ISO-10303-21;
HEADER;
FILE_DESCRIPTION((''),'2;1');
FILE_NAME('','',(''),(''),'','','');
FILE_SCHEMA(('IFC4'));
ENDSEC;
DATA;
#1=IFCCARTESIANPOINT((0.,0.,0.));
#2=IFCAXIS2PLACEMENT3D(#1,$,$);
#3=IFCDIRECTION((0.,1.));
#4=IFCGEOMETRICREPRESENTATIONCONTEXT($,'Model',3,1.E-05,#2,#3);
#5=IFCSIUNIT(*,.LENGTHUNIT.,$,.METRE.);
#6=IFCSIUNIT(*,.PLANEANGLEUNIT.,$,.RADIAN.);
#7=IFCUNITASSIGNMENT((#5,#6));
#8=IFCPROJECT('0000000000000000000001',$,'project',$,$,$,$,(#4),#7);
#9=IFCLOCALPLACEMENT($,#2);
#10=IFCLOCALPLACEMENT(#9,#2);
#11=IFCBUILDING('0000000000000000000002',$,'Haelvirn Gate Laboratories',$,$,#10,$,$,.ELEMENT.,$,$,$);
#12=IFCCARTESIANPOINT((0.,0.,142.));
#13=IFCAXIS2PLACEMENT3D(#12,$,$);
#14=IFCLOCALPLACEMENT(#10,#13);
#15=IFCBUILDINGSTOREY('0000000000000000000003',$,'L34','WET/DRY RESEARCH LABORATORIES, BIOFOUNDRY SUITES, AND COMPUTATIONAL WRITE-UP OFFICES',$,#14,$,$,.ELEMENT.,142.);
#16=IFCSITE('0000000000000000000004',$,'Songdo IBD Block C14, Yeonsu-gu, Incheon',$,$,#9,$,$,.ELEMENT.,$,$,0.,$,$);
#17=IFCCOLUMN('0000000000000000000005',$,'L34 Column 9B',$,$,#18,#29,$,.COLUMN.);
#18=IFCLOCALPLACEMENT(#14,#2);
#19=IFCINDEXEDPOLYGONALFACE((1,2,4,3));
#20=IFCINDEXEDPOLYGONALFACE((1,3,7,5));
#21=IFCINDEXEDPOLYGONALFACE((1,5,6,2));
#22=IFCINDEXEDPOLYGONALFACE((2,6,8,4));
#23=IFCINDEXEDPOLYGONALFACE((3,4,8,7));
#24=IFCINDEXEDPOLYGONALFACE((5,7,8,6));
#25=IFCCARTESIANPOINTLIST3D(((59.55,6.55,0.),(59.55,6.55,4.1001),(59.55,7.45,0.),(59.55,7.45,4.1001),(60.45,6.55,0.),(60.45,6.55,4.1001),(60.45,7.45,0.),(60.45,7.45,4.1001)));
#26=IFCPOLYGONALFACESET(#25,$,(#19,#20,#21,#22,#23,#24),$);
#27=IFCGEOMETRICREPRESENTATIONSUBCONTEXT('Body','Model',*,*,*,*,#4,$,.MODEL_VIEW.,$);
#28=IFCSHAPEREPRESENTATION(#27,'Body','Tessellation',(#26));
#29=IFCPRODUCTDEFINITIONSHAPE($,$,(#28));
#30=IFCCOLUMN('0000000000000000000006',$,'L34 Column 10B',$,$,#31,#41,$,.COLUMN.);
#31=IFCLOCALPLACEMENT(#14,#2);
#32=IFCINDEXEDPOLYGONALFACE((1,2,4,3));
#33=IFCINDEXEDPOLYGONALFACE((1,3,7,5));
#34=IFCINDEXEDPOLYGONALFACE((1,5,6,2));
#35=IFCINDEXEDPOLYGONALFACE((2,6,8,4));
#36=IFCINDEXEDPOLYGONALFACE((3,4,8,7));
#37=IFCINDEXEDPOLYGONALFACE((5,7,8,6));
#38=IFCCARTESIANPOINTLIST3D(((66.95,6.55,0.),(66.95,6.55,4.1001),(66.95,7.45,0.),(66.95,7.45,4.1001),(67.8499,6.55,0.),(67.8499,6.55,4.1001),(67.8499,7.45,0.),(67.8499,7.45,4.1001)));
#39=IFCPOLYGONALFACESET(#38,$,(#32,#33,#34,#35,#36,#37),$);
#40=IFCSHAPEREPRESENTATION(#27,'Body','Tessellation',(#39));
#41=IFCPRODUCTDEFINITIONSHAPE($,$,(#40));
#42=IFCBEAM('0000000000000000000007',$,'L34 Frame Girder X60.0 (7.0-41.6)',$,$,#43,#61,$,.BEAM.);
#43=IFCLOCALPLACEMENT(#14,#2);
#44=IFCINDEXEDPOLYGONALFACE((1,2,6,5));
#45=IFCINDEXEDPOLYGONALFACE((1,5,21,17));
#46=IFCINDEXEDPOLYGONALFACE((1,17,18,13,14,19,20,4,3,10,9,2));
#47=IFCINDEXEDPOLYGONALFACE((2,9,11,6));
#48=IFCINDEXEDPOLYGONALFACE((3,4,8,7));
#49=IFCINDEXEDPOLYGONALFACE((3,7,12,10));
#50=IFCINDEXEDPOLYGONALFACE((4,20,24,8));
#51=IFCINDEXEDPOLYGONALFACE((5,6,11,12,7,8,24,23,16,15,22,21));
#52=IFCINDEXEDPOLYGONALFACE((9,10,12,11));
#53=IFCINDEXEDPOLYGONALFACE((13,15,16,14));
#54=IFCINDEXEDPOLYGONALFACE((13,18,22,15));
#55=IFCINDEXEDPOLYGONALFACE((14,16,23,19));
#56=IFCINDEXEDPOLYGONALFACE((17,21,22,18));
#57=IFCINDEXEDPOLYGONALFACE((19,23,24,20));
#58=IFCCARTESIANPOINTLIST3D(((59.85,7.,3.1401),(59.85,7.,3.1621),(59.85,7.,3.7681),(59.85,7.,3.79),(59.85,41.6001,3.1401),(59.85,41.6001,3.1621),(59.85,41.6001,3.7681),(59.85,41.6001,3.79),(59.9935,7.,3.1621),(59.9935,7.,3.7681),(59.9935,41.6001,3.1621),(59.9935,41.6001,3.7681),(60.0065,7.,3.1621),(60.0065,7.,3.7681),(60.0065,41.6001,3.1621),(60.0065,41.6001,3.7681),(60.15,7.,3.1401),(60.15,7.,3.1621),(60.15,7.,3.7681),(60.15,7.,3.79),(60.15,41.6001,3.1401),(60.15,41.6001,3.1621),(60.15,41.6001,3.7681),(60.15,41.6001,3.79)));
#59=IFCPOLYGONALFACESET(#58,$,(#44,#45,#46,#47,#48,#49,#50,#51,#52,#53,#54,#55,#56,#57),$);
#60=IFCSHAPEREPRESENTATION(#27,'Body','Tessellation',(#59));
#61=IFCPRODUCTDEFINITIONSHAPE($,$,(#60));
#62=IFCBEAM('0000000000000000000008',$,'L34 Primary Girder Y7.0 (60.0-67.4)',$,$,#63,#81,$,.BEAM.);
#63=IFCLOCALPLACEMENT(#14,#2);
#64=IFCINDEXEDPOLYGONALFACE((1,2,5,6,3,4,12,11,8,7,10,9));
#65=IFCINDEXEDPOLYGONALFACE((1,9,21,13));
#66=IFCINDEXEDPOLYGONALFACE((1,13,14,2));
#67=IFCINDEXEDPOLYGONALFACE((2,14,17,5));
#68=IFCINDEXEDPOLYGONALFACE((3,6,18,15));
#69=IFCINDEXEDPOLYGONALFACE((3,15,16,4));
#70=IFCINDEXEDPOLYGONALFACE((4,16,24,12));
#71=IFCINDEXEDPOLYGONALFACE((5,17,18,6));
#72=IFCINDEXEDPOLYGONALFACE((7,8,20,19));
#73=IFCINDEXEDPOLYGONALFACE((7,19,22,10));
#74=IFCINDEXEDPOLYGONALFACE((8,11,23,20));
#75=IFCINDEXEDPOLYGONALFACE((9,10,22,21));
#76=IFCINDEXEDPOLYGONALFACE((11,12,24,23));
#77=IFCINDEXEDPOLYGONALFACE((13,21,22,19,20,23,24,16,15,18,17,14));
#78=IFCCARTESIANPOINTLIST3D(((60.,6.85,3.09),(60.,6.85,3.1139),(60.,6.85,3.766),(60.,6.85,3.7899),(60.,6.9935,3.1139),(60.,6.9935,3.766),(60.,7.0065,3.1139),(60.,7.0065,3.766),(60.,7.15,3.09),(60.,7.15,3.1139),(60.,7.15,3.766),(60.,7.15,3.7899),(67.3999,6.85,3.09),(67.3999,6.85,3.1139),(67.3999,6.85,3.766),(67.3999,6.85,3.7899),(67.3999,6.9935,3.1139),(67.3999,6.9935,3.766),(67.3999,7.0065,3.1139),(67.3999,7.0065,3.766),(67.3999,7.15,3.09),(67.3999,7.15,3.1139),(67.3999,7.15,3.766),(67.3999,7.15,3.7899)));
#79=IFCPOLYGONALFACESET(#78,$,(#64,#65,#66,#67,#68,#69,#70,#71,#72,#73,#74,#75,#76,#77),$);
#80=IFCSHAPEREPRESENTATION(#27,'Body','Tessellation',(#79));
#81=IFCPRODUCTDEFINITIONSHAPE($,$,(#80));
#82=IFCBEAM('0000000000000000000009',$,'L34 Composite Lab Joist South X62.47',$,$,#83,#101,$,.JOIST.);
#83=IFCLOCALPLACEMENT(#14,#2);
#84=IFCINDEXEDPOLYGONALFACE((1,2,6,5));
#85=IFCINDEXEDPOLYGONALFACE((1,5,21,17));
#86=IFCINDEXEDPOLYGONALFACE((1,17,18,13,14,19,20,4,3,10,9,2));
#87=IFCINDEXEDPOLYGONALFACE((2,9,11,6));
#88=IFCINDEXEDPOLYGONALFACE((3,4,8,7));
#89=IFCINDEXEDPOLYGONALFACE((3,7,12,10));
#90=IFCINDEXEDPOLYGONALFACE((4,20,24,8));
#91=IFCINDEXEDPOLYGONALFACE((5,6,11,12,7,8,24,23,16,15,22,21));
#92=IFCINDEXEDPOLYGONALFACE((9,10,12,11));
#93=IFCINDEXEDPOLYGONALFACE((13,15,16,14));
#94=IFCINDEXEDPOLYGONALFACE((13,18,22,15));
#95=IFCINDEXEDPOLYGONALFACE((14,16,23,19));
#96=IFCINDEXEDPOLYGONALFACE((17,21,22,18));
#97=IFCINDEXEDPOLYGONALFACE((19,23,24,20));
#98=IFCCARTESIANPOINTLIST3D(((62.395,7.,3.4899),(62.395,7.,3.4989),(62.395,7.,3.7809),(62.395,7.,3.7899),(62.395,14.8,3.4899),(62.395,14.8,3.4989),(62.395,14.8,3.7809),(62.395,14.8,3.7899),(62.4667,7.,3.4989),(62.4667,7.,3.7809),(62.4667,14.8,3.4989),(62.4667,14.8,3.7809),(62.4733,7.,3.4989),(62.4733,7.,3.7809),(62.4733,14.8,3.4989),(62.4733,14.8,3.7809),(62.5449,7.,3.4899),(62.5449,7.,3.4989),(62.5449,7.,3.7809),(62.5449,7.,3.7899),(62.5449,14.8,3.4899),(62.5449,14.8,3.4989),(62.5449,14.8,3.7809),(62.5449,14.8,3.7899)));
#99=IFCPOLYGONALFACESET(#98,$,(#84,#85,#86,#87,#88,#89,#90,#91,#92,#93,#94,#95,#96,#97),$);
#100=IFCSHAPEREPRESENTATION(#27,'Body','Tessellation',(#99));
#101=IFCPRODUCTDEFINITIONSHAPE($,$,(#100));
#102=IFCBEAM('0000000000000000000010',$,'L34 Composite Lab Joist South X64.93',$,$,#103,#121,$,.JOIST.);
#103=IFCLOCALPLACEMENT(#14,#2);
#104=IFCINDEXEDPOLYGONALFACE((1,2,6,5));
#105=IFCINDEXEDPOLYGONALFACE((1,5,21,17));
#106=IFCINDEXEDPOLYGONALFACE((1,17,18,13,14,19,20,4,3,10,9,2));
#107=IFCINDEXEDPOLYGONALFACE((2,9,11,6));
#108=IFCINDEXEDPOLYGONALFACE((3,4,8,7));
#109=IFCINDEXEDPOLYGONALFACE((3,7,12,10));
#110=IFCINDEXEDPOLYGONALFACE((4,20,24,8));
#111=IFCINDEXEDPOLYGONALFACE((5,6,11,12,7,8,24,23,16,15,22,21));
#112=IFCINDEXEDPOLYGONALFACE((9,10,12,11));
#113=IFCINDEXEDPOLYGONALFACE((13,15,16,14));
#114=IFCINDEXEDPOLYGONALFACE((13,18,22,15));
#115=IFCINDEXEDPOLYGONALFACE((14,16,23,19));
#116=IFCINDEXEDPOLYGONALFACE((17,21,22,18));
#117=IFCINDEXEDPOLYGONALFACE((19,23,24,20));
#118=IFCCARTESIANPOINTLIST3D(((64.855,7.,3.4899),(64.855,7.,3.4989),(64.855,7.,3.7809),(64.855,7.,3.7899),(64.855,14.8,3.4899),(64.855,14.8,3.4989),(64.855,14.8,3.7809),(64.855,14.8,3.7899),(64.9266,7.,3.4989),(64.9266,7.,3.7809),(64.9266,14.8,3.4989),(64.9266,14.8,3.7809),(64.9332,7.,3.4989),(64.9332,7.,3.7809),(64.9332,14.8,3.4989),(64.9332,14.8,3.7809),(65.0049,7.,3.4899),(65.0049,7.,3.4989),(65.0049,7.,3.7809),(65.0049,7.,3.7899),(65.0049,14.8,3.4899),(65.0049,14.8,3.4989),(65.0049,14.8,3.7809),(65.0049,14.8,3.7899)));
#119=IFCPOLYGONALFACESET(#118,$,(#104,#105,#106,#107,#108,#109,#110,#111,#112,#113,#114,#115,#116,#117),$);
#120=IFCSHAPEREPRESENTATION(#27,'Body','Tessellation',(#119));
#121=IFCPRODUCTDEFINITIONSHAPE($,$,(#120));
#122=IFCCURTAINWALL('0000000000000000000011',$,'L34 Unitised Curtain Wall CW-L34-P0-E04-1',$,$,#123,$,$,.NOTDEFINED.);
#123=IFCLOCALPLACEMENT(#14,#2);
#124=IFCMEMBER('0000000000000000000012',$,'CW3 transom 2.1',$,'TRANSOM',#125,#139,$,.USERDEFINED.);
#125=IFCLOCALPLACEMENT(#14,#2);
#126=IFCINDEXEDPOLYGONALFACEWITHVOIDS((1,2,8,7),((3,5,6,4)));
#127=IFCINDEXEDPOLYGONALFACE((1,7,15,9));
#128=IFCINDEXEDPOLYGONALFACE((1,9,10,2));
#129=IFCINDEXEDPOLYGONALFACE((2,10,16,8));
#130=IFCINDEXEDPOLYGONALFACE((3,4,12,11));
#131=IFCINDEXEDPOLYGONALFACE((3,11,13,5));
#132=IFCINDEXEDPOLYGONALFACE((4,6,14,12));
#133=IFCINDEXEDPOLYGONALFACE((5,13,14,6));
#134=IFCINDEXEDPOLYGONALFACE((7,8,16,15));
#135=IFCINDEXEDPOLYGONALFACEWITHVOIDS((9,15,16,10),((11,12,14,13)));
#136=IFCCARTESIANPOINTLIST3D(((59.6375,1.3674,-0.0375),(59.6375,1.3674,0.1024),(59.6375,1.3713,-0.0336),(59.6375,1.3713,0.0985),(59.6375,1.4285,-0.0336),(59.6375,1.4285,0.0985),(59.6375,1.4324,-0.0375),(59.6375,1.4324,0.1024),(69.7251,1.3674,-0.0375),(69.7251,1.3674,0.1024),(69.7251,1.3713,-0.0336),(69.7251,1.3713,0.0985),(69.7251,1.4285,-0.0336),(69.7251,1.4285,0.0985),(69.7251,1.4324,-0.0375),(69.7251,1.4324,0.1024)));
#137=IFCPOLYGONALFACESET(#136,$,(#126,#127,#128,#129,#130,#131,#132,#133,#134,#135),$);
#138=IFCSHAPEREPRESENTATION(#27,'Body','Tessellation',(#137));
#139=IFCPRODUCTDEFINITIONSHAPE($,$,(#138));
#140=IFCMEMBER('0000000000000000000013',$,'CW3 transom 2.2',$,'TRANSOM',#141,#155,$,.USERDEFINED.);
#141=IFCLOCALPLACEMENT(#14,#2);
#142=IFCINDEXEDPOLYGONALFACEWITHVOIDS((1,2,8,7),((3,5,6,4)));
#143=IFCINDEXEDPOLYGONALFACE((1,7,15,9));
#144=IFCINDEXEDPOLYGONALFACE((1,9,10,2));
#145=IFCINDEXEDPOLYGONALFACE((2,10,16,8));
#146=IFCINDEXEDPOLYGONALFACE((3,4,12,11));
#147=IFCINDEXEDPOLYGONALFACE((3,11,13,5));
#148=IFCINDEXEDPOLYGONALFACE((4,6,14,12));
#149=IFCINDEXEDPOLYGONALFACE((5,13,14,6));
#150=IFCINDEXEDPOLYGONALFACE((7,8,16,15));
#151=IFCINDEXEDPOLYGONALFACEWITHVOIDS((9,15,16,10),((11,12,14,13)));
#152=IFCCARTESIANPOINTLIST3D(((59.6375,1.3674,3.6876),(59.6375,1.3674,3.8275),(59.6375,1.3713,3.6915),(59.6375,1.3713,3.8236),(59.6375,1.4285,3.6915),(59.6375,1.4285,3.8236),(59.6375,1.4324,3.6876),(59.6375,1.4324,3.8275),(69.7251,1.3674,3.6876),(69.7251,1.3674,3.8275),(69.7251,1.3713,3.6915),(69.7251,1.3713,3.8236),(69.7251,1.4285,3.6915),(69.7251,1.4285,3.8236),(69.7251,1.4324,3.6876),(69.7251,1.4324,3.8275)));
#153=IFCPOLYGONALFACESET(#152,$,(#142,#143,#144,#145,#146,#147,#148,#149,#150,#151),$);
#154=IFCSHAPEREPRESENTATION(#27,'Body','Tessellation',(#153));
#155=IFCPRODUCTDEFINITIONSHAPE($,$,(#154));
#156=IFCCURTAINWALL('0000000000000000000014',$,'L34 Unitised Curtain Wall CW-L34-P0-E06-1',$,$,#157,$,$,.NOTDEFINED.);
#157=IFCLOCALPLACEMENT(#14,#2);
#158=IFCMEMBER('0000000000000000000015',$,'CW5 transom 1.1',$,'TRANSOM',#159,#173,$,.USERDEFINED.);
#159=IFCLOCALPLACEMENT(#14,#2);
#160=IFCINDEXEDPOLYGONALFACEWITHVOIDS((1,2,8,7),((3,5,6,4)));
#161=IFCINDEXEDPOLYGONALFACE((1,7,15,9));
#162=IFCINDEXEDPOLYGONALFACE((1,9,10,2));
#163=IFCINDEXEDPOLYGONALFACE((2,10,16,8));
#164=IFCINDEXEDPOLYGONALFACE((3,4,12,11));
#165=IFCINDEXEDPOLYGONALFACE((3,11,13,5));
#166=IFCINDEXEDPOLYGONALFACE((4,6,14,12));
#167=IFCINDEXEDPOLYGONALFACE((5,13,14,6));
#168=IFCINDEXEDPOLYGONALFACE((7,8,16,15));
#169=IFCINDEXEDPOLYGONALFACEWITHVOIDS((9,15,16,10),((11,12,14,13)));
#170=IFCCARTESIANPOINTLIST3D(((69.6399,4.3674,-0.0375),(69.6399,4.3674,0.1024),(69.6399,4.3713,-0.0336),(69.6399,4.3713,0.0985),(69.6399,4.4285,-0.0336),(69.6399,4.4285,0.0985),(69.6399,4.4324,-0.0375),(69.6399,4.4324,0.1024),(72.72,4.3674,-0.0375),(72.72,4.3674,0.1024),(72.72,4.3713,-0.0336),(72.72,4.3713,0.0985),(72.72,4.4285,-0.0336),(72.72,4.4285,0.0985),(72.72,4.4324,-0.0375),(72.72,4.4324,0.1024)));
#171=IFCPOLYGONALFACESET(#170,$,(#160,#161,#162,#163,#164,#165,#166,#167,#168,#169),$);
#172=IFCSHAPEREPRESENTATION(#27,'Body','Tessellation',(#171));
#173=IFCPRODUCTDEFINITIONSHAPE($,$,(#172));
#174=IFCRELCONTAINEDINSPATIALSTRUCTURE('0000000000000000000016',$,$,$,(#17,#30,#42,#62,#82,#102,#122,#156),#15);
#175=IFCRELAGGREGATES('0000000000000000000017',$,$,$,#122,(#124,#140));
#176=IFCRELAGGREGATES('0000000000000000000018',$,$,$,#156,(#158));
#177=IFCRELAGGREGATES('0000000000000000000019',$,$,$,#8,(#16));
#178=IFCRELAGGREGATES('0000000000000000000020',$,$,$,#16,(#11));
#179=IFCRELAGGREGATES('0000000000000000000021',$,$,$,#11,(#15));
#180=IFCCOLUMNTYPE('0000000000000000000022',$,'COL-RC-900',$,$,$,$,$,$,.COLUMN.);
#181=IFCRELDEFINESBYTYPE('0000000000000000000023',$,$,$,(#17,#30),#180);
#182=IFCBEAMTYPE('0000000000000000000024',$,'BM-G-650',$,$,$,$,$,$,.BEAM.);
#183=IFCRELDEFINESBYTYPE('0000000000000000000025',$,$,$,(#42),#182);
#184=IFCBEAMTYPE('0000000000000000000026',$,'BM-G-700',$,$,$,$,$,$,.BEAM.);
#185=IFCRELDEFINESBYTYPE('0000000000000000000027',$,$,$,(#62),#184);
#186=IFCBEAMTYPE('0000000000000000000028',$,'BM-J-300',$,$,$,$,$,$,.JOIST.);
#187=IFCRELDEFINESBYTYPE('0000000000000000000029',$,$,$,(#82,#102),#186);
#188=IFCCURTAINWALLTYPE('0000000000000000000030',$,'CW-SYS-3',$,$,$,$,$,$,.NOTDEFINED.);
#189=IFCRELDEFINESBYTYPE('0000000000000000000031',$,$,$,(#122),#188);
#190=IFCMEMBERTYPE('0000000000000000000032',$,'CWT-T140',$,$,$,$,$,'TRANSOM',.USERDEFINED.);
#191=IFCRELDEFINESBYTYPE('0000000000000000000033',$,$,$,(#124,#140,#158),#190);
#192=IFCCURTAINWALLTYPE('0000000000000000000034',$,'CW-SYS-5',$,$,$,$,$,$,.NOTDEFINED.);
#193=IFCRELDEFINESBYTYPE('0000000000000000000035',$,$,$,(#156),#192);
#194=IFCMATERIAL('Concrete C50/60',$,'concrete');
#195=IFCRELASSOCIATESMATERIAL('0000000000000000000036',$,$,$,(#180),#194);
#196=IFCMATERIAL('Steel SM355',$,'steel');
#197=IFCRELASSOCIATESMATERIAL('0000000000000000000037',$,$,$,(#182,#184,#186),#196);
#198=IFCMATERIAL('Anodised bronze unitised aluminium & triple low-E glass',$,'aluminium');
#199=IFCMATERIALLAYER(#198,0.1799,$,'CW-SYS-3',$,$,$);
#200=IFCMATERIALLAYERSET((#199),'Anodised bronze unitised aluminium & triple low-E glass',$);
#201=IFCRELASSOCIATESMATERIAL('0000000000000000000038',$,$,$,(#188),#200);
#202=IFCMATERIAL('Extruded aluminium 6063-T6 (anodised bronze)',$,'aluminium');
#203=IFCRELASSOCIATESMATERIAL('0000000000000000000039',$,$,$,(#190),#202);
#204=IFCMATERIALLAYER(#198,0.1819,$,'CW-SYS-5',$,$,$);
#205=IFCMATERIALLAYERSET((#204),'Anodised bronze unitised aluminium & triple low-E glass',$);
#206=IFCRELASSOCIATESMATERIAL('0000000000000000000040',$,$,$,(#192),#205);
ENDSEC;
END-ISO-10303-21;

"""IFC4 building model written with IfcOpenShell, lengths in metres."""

from ifc_helpers import new_model, si_unit, direction, frame, origin, origin_2d, place, context, subcontext, project, spatial, rectangle, hollow_rectangle, i_section, extrude, source, transform, mapped, material, layer, layer_set, material_profile, profile_set, type_object, type_shapes, element, aggregate, save


model = new_model("IFC4")

# Units and contexts
model_context = context("Model", 3, precision=1e-05, world=origin(), true_north=direction((0.0, 1.0)))
body_context = subcontext(model_context, "Body", "Model", "MODEL_VIEW")
ifc_project = project(units=[si_unit("LENGTHUNIT", "METRE"), si_unit("PLANEANGLEUNIT", "RADIAN")], contexts=[model_context])

# Site, building, storey
site_placement = place(None, origin())
site = spatial("IfcSite", under=ifc_project, at=site_placement, Name="Songdo IBD Block C14, Yeonsu-gu, Incheon", CompositionType="ELEMENT", RefElevation=0.0)
building_placement = place(site_placement, origin())
building = spatial("IfcBuilding", under=site, at=building_placement, Name="Haelvirn Gate Laboratories", CompositionType="ELEMENT")
storey_placement = place(building_placement, frame((0.0, 0.0, 142.0)))
storey = spatial("IfcBuildingStorey", under=building, at=storey_placement, Name="L34", Description="WET/DRY RESEARCH LABORATORIES, BIOFOUNDRY SUITES, AND COMPUTATIONAL WRITE-UP OFFICES", CompositionType="ELEMENT", Elevation=142.0)

# Columns
ifc_material_1 = material(Name="Concrete C50/60", Category="concrete")
ifc_material_profile_1 = material_profile(ifc_material_1, rectangle(XDim=0.8999, YDim=0.8999, at=origin_2d()), Name="RC-900x900")
ifc_profile_set_1 = profile_set([ifc_material_profile_1], Name="Concrete C50/60")
column_type = type_object("IfcColumnType", Name="COL-RC-900", PredefinedType="COLUMN", material=ifc_profile_set_1)
shared_shape_1 = source(origin(), body_context, "Body", "SweptSolid", [
    extrude(rectangle(XDim=0.8999, YDim=0.8999, at=origin_2d()), origin(), (0.0, 0.0, 1.0), 4.1001),
])
type_shapes(column_type, [shared_shape_1])
for number, where, z_axis, x_axis, name in (
    (1, (60.0, 7.0, 0.0), (0.0, 0.0, 1.0), (1.0, 0.0, 0.0), "L34 Column 9B"),
    (2, (67.3999, 7.0, 0.0), (0.0, 0.0, 1.0), (1.0, 0.0, 0.0), "L34 Column 10B"),
):
    element("IfcColumn", number, at=place(storey_placement, frame(where, z_axis=z_axis, x_axis=x_axis)), inside=storey, type_object=column_type, Name=name, PredefinedType="COLUMN", context=body_context, shape_type="MappedRepresentation", body=[
        mapped(shared_shape_1, transform((0.0, 0.0, 0.0), scale=1.0)),
    ])

# Beams
ifc_material_2 = material(Name="Steel SM355", Category="steel")
ifc_material_profile_2 = material_profile(ifc_material_2, i_section(OverallWidth=0.3, OverallDepth=0.6499, WebThickness=0.0129, FlangeThickness=0.022, at=origin_2d()), Name="H-650x300x13x22")
ifc_profile_set_2 = profile_set([ifc_material_profile_2], Name="Steel SM355")
beam_type_1 = type_object("IfcBeamType", Name="BM-G-650", PredefinedType="BEAM", material=ifc_profile_set_2)
shared_shape_2 = source(origin(), body_context, "Body", "SweptSolid", [
    extrude(i_section(OverallWidth=0.3, OverallDepth=0.6499, WebThickness=0.0129, FlangeThickness=0.022, at=origin_2d()), origin(), (0.0, 0.0, 1.0), 34.6001),
])
type_shapes(beam_type_1, [shared_shape_2])
beam_1_placement = place(storey_placement, frame((60.0, 7.0, 3.4651), z_axis=(0.0, 1.0, 0.0), x_axis=(-1.0, 0.0, 0.0)))
element("IfcBeam", 3, at=beam_1_placement, inside=storey, type_object=beam_type_1, Name="L34 Frame Girder X60.0 (7.0-41.6)", PredefinedType="BEAM", context=body_context, shape_type="MappedRepresentation", body=[
    mapped(shared_shape_2, transform((0.0, 0.0, 0.0), scale=1.0)),
])
ifc_material_profile_3 = material_profile(ifc_material_2, i_section(OverallWidth=0.3, OverallDepth=0.7, WebThickness=0.0129, FlangeThickness=0.0239, at=origin_2d()), Name="H-700x300x13x24")
ifc_profile_set_3 = profile_set([ifc_material_profile_3], Name="Steel SM355")
beam_type_2 = type_object("IfcBeamType", Name="BM-G-700", PredefinedType="BEAM", material=ifc_profile_set_3)
shared_shape_3 = source(origin(), body_context, "Body", "SweptSolid", [
    extrude(i_section(OverallWidth=0.3, OverallDepth=0.7, WebThickness=0.0129, FlangeThickness=0.0239, at=origin_2d()), origin(), (0.0, 0.0, 1.0), 7.3999),
])
type_shapes(beam_type_2, [shared_shape_3])
beam_2_placement = place(storey_placement, frame((60.0, 7.0, 3.4399), z_axis=(1.0, 0.0, 0.0), x_axis=(0.0, 1.0, 0.0)))
element("IfcBeam", 4, at=beam_2_placement, inside=storey, type_object=beam_type_2, Name="L34 Primary Girder Y7.0 (60.0-67.4)", PredefinedType="BEAM", context=body_context, shape_type="MappedRepresentation", body=[
    mapped(shared_shape_3, transform((0.0, 0.0, 0.0), scale=1.0)),
])
ifc_material_profile_4 = material_profile(ifc_material_2, i_section(OverallWidth=0.1499, OverallDepth=0.3, WebThickness=0.0066, FlangeThickness=0.009, at=origin_2d()), Name="H-300x150x6.5x9")
ifc_profile_set_4 = profile_set([ifc_material_profile_4], Name="Steel SM355")
beam_type_3 = type_object("IfcBeamType", Name="BM-J-300", PredefinedType="JOIST", material=ifc_profile_set_4)
shared_shape_4 = source(origin(), body_context, "Body", "SweptSolid", [
    extrude(i_section(OverallWidth=0.1499, OverallDepth=0.3, WebThickness=0.0066, FlangeThickness=0.009, at=origin_2d()), origin(), (0.0, 0.0, 1.0), 7.8),
])
type_shapes(beam_type_3, [shared_shape_4])
for number, where, z_axis, x_axis, name in (
    (5, (62.47, 7.0, 3.6399), (0.0, 1.0, 0.0), (-1.0, 0.0, 0.0), "L34 Composite Lab Joist South X62.47"),
    (6, (64.9299, 7.0, 3.6399), (0.0, 1.0, 0.0), (-1.0, 0.0, 0.0), "L34 Composite Lab Joist South X64.93"),
):
    element("IfcBeam", number, at=place(storey_placement, frame(where, z_axis=z_axis, x_axis=x_axis)), inside=storey, type_object=beam_type_3, Name=name, PredefinedType="JOIST", context=body_context, shape_type="MappedRepresentation", body=[
        mapped(shared_shape_4, transform((0.0, 0.0, 0.0), scale=1.0)),
    ])

# Curtain walls, members
ifc_material_3 = material(Name="Anodised bronze unitised aluminium & triple low-E glass", Category="aluminium")
ifc_layer_1 = layer(ifc_material_3, 0.1799, Name="CW-SYS-3")
ifc_layer_set_1 = layer_set([ifc_layer_1], Name="Anodised bronze unitised aluminium & triple low-E glass")
curtain_wall_type_1 = type_object("IfcCurtainWallType", Name="CW-SYS-3", PredefinedType="NOTDEFINED", material=ifc_layer_set_1)
curtain_wall_1_placement = place(storey_placement, origin())
curtain_wall_1 = element("IfcCurtainWall", 7, at=curtain_wall_1_placement, inside=storey, type_object=curtain_wall_type_1, Name="L34 Unitised Curtain Wall CW-L34-P0-E04-1", PredefinedType="NOTDEFINED")
ifc_material_4 = material(Name="Extruded aluminium 6063-T6 (anodised bronze)", Category="aluminium")
ifc_material_profile_5 = material_profile(ifc_material_4, hollow_rectangle(XDim=0.0649, YDim=0.1399, WallThickness=0.0039, at=origin_2d()), Name="CWT-140x65x4")
ifc_profile_set_5 = profile_set([ifc_material_profile_5], Name="Extruded aluminium 6063-T6 (anodised bronze)")
member_type_1 = type_object("IfcMemberType", Name="CWT-T140", ElementType="TRANSOM", PredefinedType="USERDEFINED", material=ifc_profile_set_5)
shared_shape_5 = source(origin(), body_context, "Body", "SweptSolid", [
    extrude(hollow_rectangle(XDim=0.0649, YDim=0.1399, WallThickness=0.0039, at=origin_2d()), origin(), (0.0, 0.0, 1.0), 10.0876),
])
member_1_placement = place(storey_placement, frame((59.6375, 1.3999, 0.0325), z_axis=(1.0, 0.0, 0.0), x_axis=(0.0, 1.0, 0.0)))
member_1 = element("IfcMember", 8, at=member_1_placement, type_object=member_type_1, Name="CW3 transom 2.1", ObjectType="TRANSOM", PredefinedType="USERDEFINED", context=body_context, shape_type="MappedRepresentation", body=[
    mapped(shared_shape_5, transform((0.0, 0.0, 0.0), scale=1.0)),
])
member_2_placement = place(storey_placement, frame((59.6375, 1.3999, 3.7576), z_axis=(1.0, 0.0, 0.0), x_axis=(0.0, 1.0, 0.0)))
member_2 = element("IfcMember", 9, at=member_2_placement, type_object=member_type_1, Name="CW3 transom 2.2", ObjectType="TRANSOM", PredefinedType="USERDEFINED", context=body_context, shape_type="MappedRepresentation", body=[
    mapped(shared_shape_5, transform((0.0, 0.0, 0.0), scale=1.0)),
])
ifc_layer_2 = layer(ifc_material_3, 0.1819, Name="CW-SYS-5")
ifc_layer_set_2 = layer_set([ifc_layer_2], Name="Anodised bronze unitised aluminium & triple low-E glass")
curtain_wall_type_2 = type_object("IfcCurtainWallType", Name="CW-SYS-5", PredefinedType="NOTDEFINED", material=ifc_layer_set_2)
curtain_wall_2_placement = place(storey_placement, origin())
curtain_wall_2 = element("IfcCurtainWall", 10, at=curtain_wall_2_placement, inside=storey, type_object=curtain_wall_type_2, Name="L34 Unitised Curtain Wall CW-L34-P0-E06-1", PredefinedType="NOTDEFINED")
shared_shape_6 = source(origin(), body_context, "Body", "SweptSolid", [
    extrude(hollow_rectangle(XDim=0.0649, YDim=0.1399, WallThickness=0.0039, at=origin_2d()), origin(), (0.0, 0.0, 1.0), 3.0801),
])
member_3_placement = place(storey_placement, frame((69.6399, 4.3999, 0.0325), z_axis=(1.0, 0.0, 0.0), x_axis=(0.0, 1.0, 0.0)))
member_3 = element("IfcMember", 11, at=member_3_placement, type_object=member_type_1, Name="CW5 transom 1.1", ObjectType="TRANSOM", PredefinedType="USERDEFINED", context=body_context, shape_type="MappedRepresentation", body=[
    mapped(shared_shape_6, transform((0.0, 0.0, 0.0), scale=1.0)),
])

aggregate(curtain_wall_1, [member_1, member_2])
aggregate(curtain_wall_2, [member_3])

save(model, "model.ifc")
